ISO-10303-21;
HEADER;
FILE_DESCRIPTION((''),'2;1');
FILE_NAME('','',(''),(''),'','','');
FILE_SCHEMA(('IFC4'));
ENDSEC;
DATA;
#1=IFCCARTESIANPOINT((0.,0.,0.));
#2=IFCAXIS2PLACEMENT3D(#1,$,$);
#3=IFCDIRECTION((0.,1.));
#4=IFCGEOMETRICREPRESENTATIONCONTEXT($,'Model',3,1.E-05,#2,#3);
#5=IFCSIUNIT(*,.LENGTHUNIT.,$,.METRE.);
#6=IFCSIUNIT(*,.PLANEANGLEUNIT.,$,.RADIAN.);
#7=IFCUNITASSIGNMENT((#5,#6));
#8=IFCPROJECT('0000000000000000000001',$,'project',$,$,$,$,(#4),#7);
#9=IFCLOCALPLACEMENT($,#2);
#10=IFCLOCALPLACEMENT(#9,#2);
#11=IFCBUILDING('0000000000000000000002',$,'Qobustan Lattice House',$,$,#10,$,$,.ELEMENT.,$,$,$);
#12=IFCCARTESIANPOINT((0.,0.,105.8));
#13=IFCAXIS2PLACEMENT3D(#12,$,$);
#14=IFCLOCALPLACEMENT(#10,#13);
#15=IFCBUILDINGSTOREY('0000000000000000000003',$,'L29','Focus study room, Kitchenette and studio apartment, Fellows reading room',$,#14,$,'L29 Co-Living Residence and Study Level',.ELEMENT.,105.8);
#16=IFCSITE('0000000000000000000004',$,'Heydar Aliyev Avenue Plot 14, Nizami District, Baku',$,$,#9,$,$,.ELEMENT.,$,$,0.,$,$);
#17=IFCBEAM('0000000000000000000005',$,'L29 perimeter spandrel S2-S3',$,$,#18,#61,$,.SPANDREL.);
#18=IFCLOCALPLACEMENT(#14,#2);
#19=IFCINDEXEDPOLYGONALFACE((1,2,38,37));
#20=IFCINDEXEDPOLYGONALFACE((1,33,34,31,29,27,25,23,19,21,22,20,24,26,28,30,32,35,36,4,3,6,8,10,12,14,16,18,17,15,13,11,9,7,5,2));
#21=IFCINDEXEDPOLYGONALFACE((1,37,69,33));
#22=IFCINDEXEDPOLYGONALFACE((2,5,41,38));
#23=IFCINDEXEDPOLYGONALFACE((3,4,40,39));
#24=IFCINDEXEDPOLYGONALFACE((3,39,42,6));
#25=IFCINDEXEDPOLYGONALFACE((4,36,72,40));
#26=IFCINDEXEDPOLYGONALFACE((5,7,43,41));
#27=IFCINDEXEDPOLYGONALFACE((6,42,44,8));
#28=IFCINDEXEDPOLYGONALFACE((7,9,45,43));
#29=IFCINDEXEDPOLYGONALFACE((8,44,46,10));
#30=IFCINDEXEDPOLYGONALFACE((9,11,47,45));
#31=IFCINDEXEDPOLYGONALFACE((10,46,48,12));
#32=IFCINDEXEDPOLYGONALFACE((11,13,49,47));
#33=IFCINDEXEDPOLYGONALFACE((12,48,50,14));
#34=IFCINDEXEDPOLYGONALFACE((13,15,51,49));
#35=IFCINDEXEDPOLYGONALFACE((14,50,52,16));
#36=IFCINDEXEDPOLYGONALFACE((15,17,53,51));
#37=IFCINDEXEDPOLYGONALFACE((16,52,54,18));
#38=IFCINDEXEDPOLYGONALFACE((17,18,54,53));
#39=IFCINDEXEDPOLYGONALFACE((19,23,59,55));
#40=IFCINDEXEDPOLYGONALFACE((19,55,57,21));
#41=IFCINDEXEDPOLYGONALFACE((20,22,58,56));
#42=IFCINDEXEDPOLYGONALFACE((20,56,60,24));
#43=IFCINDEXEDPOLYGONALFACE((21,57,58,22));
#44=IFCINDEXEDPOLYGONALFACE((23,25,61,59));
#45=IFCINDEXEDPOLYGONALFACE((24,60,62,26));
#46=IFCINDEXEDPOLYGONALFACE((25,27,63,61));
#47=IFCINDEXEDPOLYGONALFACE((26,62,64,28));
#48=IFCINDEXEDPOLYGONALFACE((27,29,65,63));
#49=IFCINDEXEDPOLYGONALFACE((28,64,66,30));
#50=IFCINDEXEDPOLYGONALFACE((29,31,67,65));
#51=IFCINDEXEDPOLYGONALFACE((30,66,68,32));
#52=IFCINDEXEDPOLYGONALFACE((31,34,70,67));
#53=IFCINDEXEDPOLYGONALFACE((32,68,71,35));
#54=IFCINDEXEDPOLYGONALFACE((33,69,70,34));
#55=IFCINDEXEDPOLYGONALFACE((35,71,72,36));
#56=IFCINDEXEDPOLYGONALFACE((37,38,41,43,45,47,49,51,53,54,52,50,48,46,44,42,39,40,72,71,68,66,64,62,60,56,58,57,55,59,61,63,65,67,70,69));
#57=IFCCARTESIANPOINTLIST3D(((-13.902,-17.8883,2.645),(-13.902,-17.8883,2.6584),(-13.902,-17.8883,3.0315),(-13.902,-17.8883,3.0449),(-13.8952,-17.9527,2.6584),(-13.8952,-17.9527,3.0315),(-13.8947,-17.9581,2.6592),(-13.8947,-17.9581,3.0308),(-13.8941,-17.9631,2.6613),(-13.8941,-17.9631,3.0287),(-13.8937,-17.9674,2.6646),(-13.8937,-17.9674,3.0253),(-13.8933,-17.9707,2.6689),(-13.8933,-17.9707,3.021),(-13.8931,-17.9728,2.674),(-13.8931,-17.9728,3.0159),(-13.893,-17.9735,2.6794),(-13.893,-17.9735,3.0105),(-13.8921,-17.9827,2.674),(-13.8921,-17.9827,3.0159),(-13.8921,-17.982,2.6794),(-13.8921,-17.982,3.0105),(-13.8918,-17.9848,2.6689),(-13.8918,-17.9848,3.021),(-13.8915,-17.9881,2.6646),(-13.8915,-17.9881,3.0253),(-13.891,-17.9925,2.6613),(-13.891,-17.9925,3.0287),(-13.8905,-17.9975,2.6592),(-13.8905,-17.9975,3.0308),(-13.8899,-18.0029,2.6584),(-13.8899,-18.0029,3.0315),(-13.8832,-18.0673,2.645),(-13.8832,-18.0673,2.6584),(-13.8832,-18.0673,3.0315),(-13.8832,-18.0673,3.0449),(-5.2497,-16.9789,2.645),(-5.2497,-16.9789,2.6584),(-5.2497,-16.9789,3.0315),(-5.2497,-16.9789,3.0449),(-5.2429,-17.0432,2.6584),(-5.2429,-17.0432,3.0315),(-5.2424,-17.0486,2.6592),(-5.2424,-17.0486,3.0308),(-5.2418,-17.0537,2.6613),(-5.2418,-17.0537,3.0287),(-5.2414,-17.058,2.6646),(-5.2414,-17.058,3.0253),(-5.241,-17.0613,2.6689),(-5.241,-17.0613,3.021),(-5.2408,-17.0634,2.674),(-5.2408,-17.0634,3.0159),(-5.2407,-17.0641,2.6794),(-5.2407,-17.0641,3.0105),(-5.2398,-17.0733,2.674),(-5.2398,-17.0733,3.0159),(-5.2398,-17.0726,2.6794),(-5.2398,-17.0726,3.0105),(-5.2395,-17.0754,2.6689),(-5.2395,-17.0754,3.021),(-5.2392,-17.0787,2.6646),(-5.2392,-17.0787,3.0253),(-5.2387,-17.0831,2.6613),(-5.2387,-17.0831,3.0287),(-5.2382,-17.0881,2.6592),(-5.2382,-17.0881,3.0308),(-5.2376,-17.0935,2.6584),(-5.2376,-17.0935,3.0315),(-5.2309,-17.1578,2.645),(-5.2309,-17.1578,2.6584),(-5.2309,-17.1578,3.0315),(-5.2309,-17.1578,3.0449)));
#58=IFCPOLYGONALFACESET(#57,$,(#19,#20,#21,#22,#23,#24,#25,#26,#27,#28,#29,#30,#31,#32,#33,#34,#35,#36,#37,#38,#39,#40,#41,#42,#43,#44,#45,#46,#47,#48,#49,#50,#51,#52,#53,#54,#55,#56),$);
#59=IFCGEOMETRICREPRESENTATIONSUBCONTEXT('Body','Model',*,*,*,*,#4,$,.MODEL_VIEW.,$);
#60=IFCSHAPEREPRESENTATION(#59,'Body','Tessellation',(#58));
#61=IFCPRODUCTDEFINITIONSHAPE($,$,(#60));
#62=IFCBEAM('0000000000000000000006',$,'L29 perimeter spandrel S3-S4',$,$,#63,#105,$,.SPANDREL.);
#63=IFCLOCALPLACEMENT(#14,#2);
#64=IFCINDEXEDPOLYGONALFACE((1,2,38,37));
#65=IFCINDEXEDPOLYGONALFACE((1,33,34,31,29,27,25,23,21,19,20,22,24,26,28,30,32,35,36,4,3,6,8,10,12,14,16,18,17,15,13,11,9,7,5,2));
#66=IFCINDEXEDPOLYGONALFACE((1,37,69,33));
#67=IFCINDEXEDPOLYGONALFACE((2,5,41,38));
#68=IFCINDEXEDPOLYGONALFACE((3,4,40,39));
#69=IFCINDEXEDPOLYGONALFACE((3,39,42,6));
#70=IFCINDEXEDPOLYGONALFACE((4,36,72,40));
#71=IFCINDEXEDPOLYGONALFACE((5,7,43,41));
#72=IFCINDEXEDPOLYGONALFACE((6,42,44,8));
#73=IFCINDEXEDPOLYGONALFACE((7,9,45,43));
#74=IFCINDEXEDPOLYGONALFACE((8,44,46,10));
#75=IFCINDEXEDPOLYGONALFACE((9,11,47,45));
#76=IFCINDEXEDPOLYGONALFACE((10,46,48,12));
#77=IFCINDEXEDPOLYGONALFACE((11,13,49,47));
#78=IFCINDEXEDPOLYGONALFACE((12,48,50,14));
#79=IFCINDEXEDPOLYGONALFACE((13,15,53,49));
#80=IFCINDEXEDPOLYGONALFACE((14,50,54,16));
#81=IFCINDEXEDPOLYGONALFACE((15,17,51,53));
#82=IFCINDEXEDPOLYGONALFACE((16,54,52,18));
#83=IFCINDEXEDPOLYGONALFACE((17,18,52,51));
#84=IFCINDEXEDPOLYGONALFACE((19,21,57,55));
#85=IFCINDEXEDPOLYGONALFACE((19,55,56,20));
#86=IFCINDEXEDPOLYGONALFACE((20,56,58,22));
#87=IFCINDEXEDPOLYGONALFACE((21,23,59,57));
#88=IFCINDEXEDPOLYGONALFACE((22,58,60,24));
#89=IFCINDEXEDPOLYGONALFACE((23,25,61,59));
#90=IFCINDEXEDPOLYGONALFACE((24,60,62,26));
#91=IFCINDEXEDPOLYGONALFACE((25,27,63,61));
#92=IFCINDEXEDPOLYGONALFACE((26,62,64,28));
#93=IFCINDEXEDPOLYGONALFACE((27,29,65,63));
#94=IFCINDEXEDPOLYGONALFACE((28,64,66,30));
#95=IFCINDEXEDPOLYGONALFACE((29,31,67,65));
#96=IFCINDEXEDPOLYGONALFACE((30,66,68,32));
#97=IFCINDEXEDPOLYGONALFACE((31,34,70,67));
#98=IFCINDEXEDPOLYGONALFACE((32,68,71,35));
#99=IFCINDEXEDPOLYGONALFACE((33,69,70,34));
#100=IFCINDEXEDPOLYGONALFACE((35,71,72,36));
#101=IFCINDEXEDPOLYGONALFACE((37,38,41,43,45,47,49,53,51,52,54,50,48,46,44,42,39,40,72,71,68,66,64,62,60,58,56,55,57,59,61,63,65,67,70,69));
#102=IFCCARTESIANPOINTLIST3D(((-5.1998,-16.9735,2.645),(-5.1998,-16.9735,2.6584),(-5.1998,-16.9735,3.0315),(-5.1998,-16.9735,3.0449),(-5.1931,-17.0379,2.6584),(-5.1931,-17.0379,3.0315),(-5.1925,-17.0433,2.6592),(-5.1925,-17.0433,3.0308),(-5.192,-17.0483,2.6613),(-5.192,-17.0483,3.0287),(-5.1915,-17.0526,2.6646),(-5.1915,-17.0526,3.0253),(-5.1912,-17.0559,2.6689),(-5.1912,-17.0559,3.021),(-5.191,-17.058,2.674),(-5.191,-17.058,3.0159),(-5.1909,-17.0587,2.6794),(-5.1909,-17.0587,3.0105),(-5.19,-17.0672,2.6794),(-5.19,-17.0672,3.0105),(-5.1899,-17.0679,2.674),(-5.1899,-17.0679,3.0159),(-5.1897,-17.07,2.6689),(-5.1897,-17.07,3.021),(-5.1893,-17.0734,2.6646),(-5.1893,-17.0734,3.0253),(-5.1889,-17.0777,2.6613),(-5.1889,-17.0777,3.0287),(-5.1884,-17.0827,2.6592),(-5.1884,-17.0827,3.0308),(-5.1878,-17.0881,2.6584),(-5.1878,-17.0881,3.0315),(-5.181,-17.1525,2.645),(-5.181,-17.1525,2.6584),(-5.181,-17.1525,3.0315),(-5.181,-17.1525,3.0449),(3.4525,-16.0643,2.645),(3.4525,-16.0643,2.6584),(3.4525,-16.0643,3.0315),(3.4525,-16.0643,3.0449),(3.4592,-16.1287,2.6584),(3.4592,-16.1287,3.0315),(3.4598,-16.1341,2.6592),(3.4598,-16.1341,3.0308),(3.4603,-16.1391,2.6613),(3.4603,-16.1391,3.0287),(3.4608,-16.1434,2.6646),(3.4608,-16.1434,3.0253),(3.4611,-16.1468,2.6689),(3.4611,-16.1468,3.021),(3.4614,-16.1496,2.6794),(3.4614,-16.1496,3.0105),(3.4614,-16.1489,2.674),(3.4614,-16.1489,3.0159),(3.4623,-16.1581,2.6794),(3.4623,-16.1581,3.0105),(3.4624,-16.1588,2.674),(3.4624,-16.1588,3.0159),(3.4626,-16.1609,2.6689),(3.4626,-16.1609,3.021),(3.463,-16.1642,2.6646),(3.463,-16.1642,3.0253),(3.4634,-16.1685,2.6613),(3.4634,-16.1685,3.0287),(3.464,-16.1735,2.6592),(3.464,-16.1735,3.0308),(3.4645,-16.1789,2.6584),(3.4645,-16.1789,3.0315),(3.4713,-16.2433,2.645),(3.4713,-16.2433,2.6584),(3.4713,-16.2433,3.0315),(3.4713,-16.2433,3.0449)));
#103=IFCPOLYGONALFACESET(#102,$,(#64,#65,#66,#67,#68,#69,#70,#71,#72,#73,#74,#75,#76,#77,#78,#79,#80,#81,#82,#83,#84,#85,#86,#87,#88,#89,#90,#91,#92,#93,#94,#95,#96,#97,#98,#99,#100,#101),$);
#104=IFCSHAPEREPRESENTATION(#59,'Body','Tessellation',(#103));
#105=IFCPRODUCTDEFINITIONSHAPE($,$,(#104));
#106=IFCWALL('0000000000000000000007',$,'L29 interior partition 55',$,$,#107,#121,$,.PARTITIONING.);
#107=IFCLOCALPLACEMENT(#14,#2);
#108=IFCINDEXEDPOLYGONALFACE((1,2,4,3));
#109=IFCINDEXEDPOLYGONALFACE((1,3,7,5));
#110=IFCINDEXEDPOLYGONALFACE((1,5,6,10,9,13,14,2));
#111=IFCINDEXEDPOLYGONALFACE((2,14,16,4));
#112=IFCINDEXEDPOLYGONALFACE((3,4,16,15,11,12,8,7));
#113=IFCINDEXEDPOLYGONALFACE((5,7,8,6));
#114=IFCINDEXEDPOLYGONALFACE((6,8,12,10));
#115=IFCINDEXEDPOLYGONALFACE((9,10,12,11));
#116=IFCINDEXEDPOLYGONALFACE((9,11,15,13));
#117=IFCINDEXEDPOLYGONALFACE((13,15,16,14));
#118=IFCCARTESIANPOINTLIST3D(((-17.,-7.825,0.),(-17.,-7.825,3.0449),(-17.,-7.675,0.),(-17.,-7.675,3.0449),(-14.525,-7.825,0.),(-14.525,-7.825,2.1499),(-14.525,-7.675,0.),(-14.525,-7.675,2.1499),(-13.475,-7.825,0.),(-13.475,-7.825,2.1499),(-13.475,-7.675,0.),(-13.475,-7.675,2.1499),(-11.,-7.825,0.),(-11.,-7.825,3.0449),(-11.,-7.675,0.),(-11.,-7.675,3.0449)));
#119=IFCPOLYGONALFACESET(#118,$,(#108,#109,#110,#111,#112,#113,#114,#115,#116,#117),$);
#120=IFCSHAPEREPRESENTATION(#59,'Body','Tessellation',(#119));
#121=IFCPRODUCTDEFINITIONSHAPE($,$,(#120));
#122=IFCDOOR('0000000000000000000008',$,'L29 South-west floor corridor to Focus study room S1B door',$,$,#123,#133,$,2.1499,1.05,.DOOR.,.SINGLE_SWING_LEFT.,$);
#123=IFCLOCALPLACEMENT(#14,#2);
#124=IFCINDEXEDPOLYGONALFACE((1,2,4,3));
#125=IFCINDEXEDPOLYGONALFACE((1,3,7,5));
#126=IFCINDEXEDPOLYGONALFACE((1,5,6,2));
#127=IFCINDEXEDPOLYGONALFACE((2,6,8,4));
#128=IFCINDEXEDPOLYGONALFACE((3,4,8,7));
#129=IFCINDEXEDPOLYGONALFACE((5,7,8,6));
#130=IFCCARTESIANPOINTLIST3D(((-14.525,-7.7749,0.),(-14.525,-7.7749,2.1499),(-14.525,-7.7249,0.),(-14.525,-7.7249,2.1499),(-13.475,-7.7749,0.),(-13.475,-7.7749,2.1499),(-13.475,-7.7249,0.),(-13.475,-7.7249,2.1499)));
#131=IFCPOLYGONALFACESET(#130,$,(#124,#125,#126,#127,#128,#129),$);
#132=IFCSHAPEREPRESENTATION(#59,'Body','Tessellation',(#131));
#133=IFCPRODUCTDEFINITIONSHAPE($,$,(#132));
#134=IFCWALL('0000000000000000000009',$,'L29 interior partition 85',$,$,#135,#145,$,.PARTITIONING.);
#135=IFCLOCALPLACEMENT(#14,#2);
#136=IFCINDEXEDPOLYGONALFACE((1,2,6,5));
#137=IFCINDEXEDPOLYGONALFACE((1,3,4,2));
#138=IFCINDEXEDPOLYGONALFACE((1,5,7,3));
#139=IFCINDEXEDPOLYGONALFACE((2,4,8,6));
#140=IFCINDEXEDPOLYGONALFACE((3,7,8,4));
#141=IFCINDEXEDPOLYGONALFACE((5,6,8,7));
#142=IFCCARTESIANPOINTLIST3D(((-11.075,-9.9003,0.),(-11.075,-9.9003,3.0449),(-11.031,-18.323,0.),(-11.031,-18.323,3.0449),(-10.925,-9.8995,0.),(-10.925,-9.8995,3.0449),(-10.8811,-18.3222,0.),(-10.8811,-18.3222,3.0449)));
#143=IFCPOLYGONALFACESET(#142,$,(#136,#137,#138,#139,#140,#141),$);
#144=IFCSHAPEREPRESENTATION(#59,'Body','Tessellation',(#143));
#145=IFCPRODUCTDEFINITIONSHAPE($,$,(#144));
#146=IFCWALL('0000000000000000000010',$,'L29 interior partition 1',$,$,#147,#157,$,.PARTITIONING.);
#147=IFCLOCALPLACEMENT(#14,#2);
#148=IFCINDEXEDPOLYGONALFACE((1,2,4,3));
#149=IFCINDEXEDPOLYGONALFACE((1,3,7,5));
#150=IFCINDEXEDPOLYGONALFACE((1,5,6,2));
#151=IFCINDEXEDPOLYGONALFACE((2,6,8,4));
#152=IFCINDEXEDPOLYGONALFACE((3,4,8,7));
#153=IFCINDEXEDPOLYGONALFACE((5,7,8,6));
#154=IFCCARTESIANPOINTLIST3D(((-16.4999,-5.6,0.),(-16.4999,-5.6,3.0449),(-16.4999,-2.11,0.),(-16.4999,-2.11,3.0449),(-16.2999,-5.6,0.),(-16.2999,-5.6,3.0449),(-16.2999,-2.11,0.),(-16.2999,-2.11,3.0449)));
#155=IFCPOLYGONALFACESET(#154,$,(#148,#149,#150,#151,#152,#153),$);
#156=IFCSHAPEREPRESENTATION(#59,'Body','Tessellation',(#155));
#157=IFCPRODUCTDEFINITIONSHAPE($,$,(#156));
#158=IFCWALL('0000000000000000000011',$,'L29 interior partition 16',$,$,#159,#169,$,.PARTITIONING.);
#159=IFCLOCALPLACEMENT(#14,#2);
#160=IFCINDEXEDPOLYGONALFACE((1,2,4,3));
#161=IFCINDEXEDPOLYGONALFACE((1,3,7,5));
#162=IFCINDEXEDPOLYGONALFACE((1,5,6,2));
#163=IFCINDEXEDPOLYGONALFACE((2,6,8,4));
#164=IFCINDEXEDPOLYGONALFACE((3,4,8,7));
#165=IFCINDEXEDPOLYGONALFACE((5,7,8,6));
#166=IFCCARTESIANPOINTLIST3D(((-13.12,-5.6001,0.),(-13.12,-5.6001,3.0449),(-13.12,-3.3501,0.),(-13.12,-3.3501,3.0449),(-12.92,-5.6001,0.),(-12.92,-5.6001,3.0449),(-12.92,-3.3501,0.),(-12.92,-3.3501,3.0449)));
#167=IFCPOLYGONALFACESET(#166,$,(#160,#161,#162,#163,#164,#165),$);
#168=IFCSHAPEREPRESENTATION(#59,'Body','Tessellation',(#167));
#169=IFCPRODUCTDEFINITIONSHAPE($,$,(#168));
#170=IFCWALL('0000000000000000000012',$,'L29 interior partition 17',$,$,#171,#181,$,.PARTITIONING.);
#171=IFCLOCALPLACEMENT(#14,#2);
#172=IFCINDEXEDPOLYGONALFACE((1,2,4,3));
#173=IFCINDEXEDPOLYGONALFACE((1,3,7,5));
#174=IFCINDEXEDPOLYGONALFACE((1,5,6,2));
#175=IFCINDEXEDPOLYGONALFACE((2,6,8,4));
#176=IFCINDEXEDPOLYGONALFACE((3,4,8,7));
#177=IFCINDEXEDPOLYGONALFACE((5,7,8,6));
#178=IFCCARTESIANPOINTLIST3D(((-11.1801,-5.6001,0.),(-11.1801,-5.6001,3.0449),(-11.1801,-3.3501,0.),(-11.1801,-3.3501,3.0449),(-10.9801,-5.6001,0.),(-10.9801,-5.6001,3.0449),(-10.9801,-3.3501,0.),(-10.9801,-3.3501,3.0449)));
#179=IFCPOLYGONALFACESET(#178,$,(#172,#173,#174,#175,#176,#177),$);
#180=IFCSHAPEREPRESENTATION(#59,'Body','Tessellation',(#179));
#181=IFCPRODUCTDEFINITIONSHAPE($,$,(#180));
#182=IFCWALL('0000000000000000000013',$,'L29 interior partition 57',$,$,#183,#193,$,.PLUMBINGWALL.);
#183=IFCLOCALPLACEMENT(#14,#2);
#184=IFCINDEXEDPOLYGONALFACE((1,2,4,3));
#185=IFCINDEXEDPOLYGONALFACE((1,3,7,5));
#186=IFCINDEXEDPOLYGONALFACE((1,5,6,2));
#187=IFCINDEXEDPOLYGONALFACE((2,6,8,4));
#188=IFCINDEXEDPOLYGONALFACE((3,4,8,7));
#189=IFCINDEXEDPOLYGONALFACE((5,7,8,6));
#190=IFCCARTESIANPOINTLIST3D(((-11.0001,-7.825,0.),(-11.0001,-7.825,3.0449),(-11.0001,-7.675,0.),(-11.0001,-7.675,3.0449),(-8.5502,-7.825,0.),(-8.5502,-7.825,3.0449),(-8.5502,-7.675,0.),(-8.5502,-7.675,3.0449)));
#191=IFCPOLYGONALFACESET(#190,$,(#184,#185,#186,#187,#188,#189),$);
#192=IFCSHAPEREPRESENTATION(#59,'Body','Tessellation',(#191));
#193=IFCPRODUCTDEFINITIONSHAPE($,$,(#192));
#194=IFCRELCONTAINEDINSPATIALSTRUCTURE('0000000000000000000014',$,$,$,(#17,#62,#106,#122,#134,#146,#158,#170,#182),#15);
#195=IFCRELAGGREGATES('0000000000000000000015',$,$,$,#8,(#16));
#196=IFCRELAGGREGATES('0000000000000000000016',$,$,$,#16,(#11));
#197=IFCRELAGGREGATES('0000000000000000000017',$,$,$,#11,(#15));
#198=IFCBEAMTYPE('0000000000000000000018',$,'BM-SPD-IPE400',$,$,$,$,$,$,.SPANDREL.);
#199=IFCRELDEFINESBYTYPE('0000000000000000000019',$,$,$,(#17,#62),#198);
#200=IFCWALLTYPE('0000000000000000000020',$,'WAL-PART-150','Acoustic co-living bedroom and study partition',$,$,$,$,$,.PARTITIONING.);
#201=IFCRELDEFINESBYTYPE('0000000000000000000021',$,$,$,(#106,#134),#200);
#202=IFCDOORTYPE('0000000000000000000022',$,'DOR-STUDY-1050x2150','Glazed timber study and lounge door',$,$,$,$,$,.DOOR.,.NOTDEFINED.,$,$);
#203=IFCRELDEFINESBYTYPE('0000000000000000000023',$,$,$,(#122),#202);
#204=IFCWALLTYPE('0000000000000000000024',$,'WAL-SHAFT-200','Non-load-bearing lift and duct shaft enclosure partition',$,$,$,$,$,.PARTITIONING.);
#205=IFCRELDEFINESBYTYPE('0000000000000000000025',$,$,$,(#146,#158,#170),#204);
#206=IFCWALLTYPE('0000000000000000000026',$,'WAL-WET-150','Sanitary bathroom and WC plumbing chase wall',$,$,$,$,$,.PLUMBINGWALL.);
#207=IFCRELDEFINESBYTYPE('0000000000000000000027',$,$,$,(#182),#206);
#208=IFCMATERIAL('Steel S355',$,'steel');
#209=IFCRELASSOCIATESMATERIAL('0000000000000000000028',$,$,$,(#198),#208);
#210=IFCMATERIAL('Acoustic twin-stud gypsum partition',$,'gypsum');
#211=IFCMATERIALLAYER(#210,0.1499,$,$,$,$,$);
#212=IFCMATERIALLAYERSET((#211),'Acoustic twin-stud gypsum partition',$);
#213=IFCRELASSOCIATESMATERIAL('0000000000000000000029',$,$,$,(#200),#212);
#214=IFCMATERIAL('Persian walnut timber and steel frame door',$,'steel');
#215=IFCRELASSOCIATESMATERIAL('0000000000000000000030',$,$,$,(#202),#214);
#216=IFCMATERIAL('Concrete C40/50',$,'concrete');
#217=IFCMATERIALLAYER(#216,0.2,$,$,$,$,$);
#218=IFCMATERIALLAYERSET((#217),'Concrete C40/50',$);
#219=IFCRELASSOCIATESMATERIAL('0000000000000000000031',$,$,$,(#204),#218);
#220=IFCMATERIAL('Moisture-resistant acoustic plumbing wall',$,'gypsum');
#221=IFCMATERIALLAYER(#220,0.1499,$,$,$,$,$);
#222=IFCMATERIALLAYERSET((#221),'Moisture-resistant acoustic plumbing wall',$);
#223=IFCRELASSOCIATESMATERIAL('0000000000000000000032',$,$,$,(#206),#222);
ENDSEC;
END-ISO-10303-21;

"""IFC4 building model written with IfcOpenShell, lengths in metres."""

from ifc_helpers import new_model, si_unit, direction, frame, frame_2d, origin, origin_2d, place, context, subcontext, project, spatial, rectangle, i_section, extrude, material, layer, layer_set, material_profile, profile_set, type_object, element, fill, save


model = new_model("IFC4")

# Units and contexts
model_context = context("Model", 3, precision=1e-05, world=origin(), true_north=direction((0.0, 1.0)))
body_context = subcontext(model_context, "Body", "Model", "MODEL_VIEW")
ifc_project = project(units=[si_unit("LENGTHUNIT", "METRE"), si_unit("PLANEANGLEUNIT", "RADIAN")], contexts=[model_context])

# Site, building, storey
site_placement = place(None, origin())
site = spatial("IfcSite", under=ifc_project, at=site_placement, Name="Heydar Aliyev Avenue Plot 14, Nizami District, Baku", CompositionType="ELEMENT", RefElevation=0.0)
building_placement = place(site_placement, origin())
building = spatial("IfcBuilding", under=site, at=building_placement, Name="Qobustan Lattice House", CompositionType="ELEMENT")
storey_placement = place(building_placement, frame((0.0, 0.0, 105.8)))
storey = spatial("IfcBuildingStorey", under=building, at=storey_placement, Name="L29", Description="Focus study room, Kitchenette and studio apartment, Fellows reading room", LongName="L29 Co-Living Residence and Study Level", CompositionType="ELEMENT", Elevation=105.8)

# Beams
ifc_material_1 = material(Name="Steel S355", Category="steel")
ifc_material_profile_1 = material_profile(ifc_material_1, i_section(OverallWidth=0.1799, OverallDepth=0.3999, WebThickness=0.0085, FlangeThickness=0.0134, FilletRadius=0.021, at=origin_2d()), Name="IPE400")
ifc_profile_set_1 = profile_set([ifc_material_profile_1], Name="Steel S355")
beam_type_1 = type_object("IfcBeamType", Name="BM-SPD-IPE400", PredefinedType="SPANDREL", material=ifc_profile_set_1)
for number, where, z_axis, x_axis, name in (
    (1, (-13.8926, -17.9778, 2.845), (0.994522, 0.104531, 0.0), (-0.104531, 0.994522, 0.0), "L29 perimeter spandrel S2-S3"),
    (2, (-5.1904, -17.063, 2.845), (0.994525, 0.104504, 0.0), (-0.104504, 0.994525, 0.0), "L29 perimeter spandrel S3-S4"),
):
    element("IfcBeam", number, at=place(storey_placement, frame(where, z_axis=z_axis, x_axis=x_axis)), inside=storey, type_object=beam_type_1, Name=name, PredefinedType="SPANDREL", context=body_context, shape_type="SweptSolid", body=[
        extrude(i_section(OverallWidth=0.1799, OverallDepth=0.3999, WebThickness=0.0085, FlangeThickness=0.0134, FilletRadius=0.021, at=origin_2d()), origin(), (0.0, 0.0, 1.0), 8.7),
    ])

# Wall, opening, door
ifc_material_2 = material(Name="Acoustic twin-stud gypsum partition", Category="gypsum")
ifc_layer_1 = layer(ifc_material_2, 0.1499)
ifc_layer_set_1 = layer_set([ifc_layer_1], Name="Acoustic twin-stud gypsum partition")
wall_type_1 = type_object("IfcWallType", Name="WAL-PART-150", Description="Acoustic co-living bedroom and study partition", PredefinedType="PARTITIONING", material=ifc_layer_set_1)
wall_1_placement = place(storey_placement, frame((-11.0, -7.75, 0.0), z_axis=(0.0, 0.0, 1.0), x_axis=(-1.0, 0.0, 0.0)))
wall_1 = element("IfcWall", 3, at=wall_1_placement, inside=storey, type_object=wall_type_1, Name="L29 interior partition 55", PredefinedType="PARTITIONING", context=body_context, shape_type="SweptSolid", body=[
    extrude(rectangle(XDim=6.0, YDim=0.1499, at=frame_2d((3.0, 0.0))), origin(), (0.0, 0.0, 1.0), 3.0449),
])
opening_1_placement = place(wall_1_placement, frame((2.4751, 0.0, 0.0)))
opening_1 = element("IfcOpeningElement", 4, at=opening_1_placement, cuts=wall_1, PredefinedType="OPENING", context=body_context, shape_type="SweptSolid", body=[
    extrude(rectangle(XDim=1.05, YDim=2.1499, at=frame_2d((0.5249, 1.075))), frame((0.0, 0.085, 0.0), z_axis=(0.0, -1.0, 0.0), x_axis=(1.0, 0.0, 0.0)), (0.0, 0.0, 1.0), 0.1699),
])
ifc_material_3 = material(Name="Persian walnut timber and steel frame door", Category="steel")
door_type_1 = type_object("IfcDoorType", Name="DOR-STUDY-1050x2150", Description="Glazed timber study and lounge door", OperationType="NOTDEFINED", PredefinedType="DOOR", material=ifc_material_3)
door_1_placement = place(opening_1_placement, origin())
door_1 = element("IfcDoor", 5, at=door_1_placement, inside=storey, type_object=door_type_1, Name="L29 South-west floor corridor to Focus study room S1B door", OperationType="SINGLE_SWING_LEFT", OverallHeight=2.1499, OverallWidth=1.05, PredefinedType="DOOR", context=body_context, shape_type="SweptSolid", body=[
    extrude(rectangle(XDim=1.05, YDim=2.1499, at=frame_2d((0.5249, 1.075))), frame((0.0, 0.0249, 0.0), z_axis=(0.0, -1.0, 0.0), x_axis=(1.0, 0.0, 0.0)), (0.0, 0.0, 1.0), 0.05),
])
fill(opening_1, door_1)

# Walls
wall_2_placement = place(storey_placement, frame((-11.0, -9.8999, 0.0), z_axis=(0.0, 0.0, 1.0), x_axis=(0.005217, -0.999986, 0.0)))
element("IfcWall", 6, at=wall_2_placement, inside=storey, type_object=wall_type_1, Name="L29 interior partition 85", PredefinedType="PARTITIONING", context=body_context, shape_type="SweptSolid", body=[
    extrude(rectangle(XDim=8.4229, YDim=0.1499, at=frame_2d((4.2114, 0.0))), origin(), (0.0, 0.0, 1.0), 3.0449),
])
ifc_material_4 = material(Name="Concrete C40/50", Category="concrete")
ifc_layer_2 = layer(ifc_material_4, 0.2)
ifc_layer_set_2 = layer_set([ifc_layer_2], Name="Concrete C40/50")
wall_type_2 = type_object("IfcWallType", Name="WAL-SHAFT-200", Description="Non-load-bearing lift and duct shaft enclosure partition", PredefinedType="PARTITIONING", material=ifc_layer_set_2)
wall_3_placement = place(storey_placement, frame((-16.3999, -5.6001, 0.0), z_axis=(0.0, 0.0, 1.0), x_axis=(0.0, 1.0, 0.0)))
element("IfcWall", 7, at=wall_3_placement, inside=storey, type_object=wall_type_2, Name="L29 interior partition 1", PredefinedType="PARTITIONING", context=body_context, shape_type="SweptSolid", body=[
    extrude(rectangle(XDim=3.49, YDim=0.2, at=frame_2d((1.7451, 0.0))), origin(), (0.0, 0.0, 1.0), 3.0449),
])
for number, where, z_axis, x_axis, name in (
    (8, (-13.02, -5.6001, 0.0), (0.0, 0.0, 1.0), (0.0, 1.0, 0.0), "L29 interior partition 16"),
    (9, (-11.0801, -5.6001, 0.0), (0.0, 0.0, 1.0), (0.0, 1.0, 0.0), "L29 interior partition 17"),
):
    element("IfcWall", number, at=place(storey_placement, frame(where, z_axis=z_axis, x_axis=x_axis)), inside=storey, type_object=wall_type_2, Name=name, PredefinedType="PARTITIONING", context=body_context, shape_type="SweptSolid", body=[
        extrude(rectangle(XDim=2.25, YDim=0.2, at=frame_2d((1.125, 0.0))), origin(), (0.0, 0.0, 1.0), 3.0449),
    ])
ifc_material_5 = material(Name="Moisture-resistant acoustic plumbing wall", Category="gypsum")
ifc_layer_3 = layer(ifc_material_5, 0.1499)
ifc_layer_set_3 = layer_set([ifc_layer_3], Name="Moisture-resistant acoustic plumbing wall")
wall_type_3 = type_object("IfcWallType", Name="WAL-WET-150", Description="Sanitary bathroom and WC plumbing chase wall", PredefinedType="PLUMBINGWALL", material=ifc_layer_set_3)
wall_4_placement = place(storey_placement, frame((-8.55, -7.75, 0.0), z_axis=(0.0, 0.0, 1.0), x_axis=(-1.0, 0.0, 0.0)))
element("IfcWall", 10, at=wall_4_placement, inside=storey, type_object=wall_type_3, Name="L29 interior partition 57", PredefinedType="PLUMBINGWALL", context=body_context, shape_type="SweptSolid", body=[
    extrude(rectangle(XDim=2.45, YDim=0.1499, at=frame_2d((1.2251, 0.0))), origin(), (0.0, 0.0, 1.0), 3.0449),
])

save(model, "model.ifc")
